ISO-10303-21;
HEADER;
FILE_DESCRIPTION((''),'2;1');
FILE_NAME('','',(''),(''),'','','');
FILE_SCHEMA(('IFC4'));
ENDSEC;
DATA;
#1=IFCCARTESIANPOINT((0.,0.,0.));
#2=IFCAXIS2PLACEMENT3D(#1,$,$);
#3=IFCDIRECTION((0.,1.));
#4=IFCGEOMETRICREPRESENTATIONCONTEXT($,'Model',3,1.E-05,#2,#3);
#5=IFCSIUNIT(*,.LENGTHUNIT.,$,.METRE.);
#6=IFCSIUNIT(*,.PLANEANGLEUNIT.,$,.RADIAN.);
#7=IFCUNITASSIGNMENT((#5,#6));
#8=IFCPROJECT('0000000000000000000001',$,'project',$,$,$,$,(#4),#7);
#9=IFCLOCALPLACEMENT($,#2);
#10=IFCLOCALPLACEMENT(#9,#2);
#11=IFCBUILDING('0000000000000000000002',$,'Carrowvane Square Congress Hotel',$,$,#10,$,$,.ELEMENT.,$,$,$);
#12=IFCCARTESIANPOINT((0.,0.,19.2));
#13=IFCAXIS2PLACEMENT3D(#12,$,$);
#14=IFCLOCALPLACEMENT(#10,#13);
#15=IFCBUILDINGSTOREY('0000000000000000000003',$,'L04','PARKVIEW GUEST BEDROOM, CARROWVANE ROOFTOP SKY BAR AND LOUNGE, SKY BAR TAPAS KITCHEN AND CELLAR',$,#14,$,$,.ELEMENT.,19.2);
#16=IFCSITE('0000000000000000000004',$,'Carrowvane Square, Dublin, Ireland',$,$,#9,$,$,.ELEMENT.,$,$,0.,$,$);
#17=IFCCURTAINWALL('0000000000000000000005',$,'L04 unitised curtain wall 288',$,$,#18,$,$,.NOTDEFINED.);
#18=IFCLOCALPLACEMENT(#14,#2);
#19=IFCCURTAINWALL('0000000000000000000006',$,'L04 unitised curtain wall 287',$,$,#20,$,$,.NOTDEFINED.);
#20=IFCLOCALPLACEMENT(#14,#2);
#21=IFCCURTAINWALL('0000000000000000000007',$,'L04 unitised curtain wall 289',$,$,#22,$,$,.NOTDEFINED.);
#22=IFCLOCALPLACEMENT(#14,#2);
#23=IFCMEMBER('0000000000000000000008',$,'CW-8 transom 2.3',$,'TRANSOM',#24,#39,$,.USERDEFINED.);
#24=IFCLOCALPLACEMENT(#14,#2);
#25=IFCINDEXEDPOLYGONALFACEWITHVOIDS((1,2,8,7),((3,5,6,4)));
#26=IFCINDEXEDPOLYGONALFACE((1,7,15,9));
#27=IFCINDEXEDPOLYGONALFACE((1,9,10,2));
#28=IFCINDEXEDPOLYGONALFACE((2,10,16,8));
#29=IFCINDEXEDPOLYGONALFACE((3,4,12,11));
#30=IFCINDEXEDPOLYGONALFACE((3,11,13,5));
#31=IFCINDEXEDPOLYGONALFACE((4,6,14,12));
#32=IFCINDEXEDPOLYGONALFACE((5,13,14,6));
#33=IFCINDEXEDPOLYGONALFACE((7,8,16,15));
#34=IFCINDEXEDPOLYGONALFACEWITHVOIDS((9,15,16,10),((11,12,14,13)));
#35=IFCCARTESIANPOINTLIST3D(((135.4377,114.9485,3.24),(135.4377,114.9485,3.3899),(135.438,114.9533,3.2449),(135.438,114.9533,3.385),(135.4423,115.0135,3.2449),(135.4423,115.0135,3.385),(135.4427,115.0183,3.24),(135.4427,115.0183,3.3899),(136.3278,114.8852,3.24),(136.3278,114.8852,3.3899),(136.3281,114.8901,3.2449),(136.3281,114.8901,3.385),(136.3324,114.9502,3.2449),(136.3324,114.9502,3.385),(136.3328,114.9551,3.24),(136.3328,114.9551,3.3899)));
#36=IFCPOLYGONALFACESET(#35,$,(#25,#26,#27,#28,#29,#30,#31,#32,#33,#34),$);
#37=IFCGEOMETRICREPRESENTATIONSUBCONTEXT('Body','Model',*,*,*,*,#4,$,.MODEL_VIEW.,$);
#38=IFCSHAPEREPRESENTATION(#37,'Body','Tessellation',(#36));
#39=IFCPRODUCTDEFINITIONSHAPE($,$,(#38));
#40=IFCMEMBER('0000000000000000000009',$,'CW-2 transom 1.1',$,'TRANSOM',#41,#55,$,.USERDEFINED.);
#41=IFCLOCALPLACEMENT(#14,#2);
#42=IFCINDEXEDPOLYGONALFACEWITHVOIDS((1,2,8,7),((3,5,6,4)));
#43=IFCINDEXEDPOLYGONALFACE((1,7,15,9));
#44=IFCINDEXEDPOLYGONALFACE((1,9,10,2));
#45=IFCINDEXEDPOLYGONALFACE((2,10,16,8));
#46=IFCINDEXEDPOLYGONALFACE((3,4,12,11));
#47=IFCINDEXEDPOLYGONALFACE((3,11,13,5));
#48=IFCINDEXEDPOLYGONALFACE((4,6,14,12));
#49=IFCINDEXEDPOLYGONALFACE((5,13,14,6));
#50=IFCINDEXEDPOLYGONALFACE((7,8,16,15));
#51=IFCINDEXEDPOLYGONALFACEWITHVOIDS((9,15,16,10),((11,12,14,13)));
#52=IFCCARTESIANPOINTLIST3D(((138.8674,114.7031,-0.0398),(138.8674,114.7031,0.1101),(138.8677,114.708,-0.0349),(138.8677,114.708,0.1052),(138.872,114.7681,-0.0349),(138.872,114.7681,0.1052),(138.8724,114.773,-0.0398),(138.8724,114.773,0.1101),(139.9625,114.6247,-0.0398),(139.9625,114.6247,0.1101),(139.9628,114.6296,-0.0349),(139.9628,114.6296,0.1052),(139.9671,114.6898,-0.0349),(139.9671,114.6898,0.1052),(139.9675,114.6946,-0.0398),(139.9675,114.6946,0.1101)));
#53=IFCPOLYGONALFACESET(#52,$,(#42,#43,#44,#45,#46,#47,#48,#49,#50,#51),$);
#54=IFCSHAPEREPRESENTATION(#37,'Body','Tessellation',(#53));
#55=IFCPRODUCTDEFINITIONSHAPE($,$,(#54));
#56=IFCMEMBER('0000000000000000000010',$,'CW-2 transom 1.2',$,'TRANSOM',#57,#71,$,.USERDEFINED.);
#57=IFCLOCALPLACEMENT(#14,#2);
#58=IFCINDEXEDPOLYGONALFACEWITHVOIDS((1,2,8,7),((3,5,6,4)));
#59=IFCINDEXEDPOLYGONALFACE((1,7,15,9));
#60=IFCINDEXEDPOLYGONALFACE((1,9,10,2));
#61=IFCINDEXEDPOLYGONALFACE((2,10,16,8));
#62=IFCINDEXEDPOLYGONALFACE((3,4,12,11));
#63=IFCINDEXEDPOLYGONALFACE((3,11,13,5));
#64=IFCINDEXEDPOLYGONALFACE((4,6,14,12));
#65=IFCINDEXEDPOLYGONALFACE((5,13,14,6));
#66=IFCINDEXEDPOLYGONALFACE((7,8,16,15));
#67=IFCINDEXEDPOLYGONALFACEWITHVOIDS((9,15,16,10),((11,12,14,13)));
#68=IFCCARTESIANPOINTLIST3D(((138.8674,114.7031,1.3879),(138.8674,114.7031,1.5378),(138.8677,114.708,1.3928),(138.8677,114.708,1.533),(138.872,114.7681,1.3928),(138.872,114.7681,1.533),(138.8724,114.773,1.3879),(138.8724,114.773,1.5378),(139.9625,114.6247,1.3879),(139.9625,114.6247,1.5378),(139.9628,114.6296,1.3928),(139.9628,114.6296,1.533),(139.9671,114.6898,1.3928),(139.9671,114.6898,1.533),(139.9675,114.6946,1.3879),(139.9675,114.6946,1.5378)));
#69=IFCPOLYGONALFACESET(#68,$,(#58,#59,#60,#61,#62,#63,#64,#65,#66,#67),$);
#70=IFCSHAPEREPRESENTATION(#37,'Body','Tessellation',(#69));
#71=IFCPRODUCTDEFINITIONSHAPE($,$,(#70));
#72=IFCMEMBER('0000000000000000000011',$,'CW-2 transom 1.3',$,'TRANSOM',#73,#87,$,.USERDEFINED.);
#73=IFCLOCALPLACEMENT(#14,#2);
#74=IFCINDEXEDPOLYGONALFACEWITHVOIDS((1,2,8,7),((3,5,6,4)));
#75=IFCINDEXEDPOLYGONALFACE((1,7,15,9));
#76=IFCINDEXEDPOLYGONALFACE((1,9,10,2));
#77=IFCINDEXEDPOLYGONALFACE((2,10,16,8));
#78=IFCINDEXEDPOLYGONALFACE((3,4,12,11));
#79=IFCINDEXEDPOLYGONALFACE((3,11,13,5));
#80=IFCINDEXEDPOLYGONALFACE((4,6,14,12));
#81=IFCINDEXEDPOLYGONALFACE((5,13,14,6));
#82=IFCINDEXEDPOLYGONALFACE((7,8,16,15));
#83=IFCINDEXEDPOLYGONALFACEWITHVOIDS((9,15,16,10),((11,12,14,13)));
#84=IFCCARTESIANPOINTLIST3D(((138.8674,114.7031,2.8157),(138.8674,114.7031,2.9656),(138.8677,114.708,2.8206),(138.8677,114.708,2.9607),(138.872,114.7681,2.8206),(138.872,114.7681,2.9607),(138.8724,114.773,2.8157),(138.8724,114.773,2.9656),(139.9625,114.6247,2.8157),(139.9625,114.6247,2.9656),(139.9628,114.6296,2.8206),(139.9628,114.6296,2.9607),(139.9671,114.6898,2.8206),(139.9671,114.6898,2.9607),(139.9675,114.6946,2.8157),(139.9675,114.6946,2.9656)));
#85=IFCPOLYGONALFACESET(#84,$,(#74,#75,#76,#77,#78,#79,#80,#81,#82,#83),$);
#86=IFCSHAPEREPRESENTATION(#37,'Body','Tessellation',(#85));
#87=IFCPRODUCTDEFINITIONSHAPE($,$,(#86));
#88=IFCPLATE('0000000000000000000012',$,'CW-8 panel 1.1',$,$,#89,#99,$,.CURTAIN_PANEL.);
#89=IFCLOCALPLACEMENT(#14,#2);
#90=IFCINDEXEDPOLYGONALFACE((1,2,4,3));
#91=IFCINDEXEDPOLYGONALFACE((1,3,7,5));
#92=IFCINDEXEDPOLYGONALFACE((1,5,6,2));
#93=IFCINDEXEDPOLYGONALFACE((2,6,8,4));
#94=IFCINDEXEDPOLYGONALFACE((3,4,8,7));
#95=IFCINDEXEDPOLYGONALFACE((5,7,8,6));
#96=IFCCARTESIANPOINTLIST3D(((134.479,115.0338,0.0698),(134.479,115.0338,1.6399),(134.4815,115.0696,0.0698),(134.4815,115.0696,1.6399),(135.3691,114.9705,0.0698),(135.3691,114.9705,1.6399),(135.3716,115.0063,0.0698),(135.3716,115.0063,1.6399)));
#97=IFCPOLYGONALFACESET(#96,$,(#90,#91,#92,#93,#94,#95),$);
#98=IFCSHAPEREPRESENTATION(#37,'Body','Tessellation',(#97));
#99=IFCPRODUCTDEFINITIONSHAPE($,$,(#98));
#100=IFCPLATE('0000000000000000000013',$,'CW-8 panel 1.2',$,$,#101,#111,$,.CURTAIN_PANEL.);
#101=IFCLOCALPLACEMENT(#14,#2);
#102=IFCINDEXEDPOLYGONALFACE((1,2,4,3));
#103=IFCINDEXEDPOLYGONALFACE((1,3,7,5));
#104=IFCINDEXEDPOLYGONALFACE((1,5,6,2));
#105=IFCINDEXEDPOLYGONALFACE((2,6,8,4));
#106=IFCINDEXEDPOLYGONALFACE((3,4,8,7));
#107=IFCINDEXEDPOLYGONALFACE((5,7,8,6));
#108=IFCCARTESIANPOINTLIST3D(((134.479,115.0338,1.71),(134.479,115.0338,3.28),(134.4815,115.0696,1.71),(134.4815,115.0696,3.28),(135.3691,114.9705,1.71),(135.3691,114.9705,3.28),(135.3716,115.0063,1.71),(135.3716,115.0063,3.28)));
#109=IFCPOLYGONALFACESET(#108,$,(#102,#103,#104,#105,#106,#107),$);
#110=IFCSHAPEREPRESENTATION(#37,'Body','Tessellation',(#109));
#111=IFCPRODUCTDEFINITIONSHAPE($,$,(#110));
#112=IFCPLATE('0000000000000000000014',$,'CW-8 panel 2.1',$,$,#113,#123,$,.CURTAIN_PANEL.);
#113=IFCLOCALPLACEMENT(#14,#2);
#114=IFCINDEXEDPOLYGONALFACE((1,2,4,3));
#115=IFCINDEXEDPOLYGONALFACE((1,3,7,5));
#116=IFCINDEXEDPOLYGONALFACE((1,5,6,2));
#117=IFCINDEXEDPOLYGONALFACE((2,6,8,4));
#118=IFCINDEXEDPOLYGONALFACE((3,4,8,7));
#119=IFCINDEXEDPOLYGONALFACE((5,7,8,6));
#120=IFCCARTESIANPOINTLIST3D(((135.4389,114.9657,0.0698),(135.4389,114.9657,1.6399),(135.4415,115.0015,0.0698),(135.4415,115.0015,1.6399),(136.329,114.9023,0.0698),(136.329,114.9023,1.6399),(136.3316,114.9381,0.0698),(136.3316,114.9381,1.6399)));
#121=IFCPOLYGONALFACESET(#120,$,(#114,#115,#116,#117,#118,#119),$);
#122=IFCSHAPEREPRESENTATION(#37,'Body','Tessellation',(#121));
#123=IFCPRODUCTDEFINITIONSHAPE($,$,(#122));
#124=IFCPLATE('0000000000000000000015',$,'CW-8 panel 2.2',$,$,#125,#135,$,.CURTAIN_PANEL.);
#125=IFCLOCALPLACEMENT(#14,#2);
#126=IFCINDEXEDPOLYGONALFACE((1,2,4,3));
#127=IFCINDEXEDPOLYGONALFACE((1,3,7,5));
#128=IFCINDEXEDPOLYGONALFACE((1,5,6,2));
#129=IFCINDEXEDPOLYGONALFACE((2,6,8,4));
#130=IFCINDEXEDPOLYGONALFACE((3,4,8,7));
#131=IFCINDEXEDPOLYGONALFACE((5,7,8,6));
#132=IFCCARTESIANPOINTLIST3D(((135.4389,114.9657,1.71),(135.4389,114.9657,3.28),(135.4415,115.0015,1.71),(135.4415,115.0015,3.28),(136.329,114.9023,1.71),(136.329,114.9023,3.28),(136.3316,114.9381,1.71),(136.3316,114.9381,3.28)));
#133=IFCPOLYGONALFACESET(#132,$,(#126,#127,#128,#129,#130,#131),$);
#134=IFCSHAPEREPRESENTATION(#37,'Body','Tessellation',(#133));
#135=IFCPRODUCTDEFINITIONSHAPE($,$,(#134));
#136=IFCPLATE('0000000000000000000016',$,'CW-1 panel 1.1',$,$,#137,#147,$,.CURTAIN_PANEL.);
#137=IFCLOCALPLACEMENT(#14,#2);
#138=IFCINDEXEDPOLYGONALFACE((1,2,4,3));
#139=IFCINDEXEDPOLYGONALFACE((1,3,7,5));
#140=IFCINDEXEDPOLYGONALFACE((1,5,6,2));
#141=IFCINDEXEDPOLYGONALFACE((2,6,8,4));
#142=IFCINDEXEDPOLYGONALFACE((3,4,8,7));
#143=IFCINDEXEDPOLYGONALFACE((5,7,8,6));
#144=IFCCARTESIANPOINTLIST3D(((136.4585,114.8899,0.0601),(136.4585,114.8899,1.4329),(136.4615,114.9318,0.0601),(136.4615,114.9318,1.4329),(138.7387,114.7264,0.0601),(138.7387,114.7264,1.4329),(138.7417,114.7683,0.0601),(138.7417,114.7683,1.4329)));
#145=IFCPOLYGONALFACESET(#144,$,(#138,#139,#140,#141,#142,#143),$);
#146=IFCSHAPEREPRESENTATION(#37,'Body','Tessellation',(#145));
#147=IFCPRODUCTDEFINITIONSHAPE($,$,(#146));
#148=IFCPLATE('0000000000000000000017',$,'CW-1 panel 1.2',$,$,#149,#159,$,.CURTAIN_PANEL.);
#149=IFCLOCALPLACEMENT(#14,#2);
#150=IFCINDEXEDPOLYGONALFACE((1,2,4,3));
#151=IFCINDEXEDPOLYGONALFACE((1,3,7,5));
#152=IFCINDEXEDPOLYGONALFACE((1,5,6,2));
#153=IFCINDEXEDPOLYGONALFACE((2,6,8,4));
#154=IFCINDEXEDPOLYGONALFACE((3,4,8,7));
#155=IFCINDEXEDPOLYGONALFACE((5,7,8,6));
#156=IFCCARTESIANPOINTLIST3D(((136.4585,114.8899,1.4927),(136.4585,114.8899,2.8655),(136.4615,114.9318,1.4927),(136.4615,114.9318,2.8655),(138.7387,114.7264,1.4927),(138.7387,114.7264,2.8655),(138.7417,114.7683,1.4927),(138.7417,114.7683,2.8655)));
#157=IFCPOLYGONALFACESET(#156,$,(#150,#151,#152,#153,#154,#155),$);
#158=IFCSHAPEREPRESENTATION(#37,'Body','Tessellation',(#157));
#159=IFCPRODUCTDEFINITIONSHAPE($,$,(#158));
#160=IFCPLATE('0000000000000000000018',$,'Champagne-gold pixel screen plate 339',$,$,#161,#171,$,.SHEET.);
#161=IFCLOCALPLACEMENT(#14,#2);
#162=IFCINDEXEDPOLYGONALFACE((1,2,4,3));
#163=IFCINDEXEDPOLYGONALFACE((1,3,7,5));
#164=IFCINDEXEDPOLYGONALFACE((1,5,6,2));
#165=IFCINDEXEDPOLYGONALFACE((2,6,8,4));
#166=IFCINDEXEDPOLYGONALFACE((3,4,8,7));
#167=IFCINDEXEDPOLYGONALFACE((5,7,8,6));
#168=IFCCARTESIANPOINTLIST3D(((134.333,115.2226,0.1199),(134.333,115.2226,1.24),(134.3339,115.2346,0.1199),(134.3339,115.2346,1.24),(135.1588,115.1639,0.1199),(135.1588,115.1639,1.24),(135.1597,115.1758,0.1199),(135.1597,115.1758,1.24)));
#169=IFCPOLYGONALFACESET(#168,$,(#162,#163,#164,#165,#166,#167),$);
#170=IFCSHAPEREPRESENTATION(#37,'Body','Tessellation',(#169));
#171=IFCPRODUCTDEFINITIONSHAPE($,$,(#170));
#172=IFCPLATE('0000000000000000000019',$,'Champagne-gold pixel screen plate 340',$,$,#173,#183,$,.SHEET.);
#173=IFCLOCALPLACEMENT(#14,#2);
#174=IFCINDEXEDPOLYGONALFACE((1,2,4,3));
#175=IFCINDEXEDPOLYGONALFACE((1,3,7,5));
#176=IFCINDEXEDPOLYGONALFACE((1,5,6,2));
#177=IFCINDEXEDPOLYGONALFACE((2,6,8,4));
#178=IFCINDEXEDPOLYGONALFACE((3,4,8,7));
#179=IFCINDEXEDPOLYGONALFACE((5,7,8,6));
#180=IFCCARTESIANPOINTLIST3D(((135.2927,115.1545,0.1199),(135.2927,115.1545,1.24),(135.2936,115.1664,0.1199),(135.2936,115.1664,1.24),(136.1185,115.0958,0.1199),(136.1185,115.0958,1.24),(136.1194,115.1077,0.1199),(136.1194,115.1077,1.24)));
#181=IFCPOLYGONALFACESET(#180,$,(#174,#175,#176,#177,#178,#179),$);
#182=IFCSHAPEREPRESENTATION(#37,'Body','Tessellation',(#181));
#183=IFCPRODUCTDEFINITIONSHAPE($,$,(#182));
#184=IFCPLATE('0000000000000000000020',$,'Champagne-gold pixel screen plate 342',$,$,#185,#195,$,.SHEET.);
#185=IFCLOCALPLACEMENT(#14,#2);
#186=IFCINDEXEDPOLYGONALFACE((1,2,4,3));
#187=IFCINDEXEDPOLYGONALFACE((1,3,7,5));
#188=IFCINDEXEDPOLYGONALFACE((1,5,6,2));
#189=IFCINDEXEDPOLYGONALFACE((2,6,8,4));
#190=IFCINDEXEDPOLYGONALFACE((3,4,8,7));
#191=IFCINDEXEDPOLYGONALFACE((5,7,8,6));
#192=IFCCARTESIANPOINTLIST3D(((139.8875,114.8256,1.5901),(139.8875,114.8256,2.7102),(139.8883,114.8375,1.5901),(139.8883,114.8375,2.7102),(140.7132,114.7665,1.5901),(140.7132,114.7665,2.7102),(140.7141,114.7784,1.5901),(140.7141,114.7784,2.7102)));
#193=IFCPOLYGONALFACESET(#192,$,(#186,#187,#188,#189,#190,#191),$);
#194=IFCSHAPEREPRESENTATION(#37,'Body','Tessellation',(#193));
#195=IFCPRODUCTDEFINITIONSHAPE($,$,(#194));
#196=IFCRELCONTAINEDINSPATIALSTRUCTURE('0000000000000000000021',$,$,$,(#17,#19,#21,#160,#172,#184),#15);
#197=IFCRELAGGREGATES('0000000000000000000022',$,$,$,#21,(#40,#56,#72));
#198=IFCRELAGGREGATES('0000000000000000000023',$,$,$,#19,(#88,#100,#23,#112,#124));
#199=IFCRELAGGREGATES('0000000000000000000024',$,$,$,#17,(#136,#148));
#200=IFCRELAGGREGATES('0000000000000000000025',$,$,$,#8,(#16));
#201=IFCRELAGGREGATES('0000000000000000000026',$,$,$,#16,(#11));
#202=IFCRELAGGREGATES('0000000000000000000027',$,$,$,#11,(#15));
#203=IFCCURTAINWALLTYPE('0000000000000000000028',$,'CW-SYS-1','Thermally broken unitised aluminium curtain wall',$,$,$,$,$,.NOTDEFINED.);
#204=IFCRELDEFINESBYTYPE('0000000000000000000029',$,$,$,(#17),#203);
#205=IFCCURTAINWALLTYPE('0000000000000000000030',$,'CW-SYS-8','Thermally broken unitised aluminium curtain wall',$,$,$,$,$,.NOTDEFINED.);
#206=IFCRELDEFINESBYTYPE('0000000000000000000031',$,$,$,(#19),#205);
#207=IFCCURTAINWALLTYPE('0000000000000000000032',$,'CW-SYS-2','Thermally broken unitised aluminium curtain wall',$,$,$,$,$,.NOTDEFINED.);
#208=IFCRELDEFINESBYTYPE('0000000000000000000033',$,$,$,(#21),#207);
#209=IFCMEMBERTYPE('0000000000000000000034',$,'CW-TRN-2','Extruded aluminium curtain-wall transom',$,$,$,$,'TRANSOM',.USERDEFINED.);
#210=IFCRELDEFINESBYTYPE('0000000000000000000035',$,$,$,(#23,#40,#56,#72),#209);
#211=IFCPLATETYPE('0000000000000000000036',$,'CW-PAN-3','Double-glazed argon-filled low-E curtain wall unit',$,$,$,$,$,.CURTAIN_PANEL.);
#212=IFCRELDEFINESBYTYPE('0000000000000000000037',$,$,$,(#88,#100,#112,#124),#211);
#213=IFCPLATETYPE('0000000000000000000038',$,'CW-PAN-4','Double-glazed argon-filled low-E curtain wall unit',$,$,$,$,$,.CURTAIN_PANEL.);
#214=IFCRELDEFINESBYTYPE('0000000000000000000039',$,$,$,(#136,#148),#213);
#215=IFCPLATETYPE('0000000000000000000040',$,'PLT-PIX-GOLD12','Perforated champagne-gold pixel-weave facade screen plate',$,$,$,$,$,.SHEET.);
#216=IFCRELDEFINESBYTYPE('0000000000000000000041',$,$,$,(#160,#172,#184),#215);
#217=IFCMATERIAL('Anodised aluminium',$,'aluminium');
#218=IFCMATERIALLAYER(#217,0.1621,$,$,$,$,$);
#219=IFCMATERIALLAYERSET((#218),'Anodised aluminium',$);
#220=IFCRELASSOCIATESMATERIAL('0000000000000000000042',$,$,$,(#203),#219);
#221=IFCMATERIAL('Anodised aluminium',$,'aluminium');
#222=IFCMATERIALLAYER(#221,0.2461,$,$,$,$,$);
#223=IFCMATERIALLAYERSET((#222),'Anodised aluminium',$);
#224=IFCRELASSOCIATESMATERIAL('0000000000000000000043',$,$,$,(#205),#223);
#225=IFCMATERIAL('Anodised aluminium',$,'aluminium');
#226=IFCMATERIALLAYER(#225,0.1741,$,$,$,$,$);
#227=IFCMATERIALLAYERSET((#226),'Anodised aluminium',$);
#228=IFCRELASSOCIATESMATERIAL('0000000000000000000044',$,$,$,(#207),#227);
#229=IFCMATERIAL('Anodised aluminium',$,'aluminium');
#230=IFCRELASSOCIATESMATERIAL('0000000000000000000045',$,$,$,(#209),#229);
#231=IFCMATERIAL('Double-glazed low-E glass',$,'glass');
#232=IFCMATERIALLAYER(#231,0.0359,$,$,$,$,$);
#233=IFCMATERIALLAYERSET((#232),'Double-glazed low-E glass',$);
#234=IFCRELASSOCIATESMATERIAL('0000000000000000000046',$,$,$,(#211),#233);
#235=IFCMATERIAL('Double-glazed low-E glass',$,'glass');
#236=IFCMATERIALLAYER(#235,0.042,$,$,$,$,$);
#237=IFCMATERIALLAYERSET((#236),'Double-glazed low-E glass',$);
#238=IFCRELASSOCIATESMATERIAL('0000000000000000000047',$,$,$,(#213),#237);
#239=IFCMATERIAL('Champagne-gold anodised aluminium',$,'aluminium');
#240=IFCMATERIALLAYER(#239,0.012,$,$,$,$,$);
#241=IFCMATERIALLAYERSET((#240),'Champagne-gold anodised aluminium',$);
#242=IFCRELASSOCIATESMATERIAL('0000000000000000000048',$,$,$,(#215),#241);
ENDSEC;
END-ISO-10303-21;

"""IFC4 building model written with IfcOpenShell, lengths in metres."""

from ifc_helpers import new_model, si_unit, direction, frame, origin, origin_2d, place, context, subcontext, project, spatial, rectangle, hollow_rectangle, extrude, material, layer, layer_set, material_profile, profile_set, type_object, element, aggregate, save


model = new_model("IFC4")

# Units and contexts
model_context = context("Model", 3, precision=1e-05, world=origin(), true_north=direction((0.0, 1.0)))
body_context = subcontext(model_context, "Body", "Model", "MODEL_VIEW")
ifc_project = project(units=[si_unit("LENGTHUNIT", "METRE"), si_unit("PLANEANGLEUNIT", "RADIAN")], contexts=[model_context])

# Site, building, storey
site_placement = place(None, origin())
site = spatial("IfcSite", under=ifc_project, at=site_placement, Name="Carrowvane Square, Dublin, Ireland", CompositionType="ELEMENT", RefElevation=0.0)
building_placement = place(site_placement, origin())
building = spatial("IfcBuilding", under=site, at=building_placement, Name="Carrowvane Square Congress Hotel", CompositionType="ELEMENT")
storey_placement = place(building_placement, frame((0.0, 0.0, 19.2)))
storey = spatial("IfcBuildingStorey", under=building, at=storey_placement, Name="L04", Description="PARKVIEW GUEST BEDROOM, CARROWVANE ROOFTOP SKY BAR AND LOUNGE, SKY BAR TAPAS KITCHEN AND CELLAR", CompositionType="ELEMENT", Elevation=19.2)

# Curtain walls
ifc_material_1 = material(Name="Anodised aluminium", Category="aluminium")
ifc_layer_1 = layer(ifc_material_1, 0.1621)
ifc_layer_set_1 = layer_set([ifc_layer_1], Name="Anodised aluminium")
curtain_wall_type_1 = type_object("IfcCurtainWallType", Name="CW-SYS-1", Description="Thermally broken unitised aluminium curtain wall", PredefinedType="NOTDEFINED", material=ifc_layer_set_1)
curtain_wall_1_placement = place(storey_placement, origin())
curtain_wall_1 = element("IfcCurtainWall", 1, at=curtain_wall_1_placement, inside=storey, type_object=curtain_wall_type_1, Name="L04 unitised curtain wall 288", PredefinedType="NOTDEFINED")
ifc_material_2 = material(Name="Anodised aluminium", Category="aluminium")
ifc_layer_2 = layer(ifc_material_2, 0.2461)
ifc_layer_set_2 = layer_set([ifc_layer_2], Name="Anodised aluminium")
curtain_wall_type_2 = type_object("IfcCurtainWallType", Name="CW-SYS-8", Description="Thermally broken unitised aluminium curtain wall", PredefinedType="NOTDEFINED", material=ifc_layer_set_2)
curtain_wall_2_placement = place(storey_placement, origin())
curtain_wall_2 = element("IfcCurtainWall", 2, at=curtain_wall_2_placement, inside=storey, type_object=curtain_wall_type_2, Name="L04 unitised curtain wall 287", PredefinedType="NOTDEFINED")

# Curtain wall
ifc_material_3 = material(Name="Anodised aluminium", Category="aluminium")
ifc_layer_3 = layer(ifc_material_3, 0.1741)
ifc_layer_set_3 = layer_set([ifc_layer_3], Name="Anodised aluminium")
curtain_wall_type_3 = type_object("IfcCurtainWallType", Name="CW-SYS-2", Description="Thermally broken unitised aluminium curtain wall", PredefinedType="NOTDEFINED", material=ifc_layer_set_3)
curtain_wall_3_placement = place(storey_placement, origin())
curtain_wall_3 = element("IfcCurtainWall", 3, at=curtain_wall_3_placement, inside=storey, type_object=curtain_wall_type_3, Name="L04 unitised curtain wall 289", PredefinedType="NOTDEFINED")

# Members
ifc_material_4 = material(Name="Anodised aluminium", Category="aluminium")
ifc_material_profile_1 = material_profile(ifc_material_4, hollow_rectangle(XDim=0.0701, YDim=0.1499, WallThickness=0.0049, at=origin_2d()), Name="CW-TR 70x150x5")
ifc_profile_set_1 = profile_set([ifc_material_profile_1], Name="Anodised aluminium")
member_type_1 = type_object("IfcMemberType", Name="CW-TRN-2", Description="Extruded aluminium curtain-wall transom", ElementType="TRANSOM", PredefinedType="USERDEFINED", material=ifc_profile_set_1)
member_1_placement = place(storey_placement, frame((135.4402, 114.9834, 3.3149), z_axis=(0.997486, -0.070858, 0.0), x_axis=(0.070858, 0.997486, 0.0)))
member_1 = element("IfcMember", 4, at=member_1_placement, type_object=member_type_1, Name="CW-8 transom 2.3", ObjectType="TRANSOM", PredefinedType="USERDEFINED", context=body_context, shape_type="SweptSolid", body=[
    extrude(hollow_rectangle(XDim=0.0701, YDim=0.1499, WallThickness=0.0049, at=origin_2d()), origin(), (0.0, 0.0, 1.0), 0.8923),
])
member_2_placement = place(storey_placement, frame((138.8699, 114.738, 0.0352), z_axis=(0.99745, -0.071373, 0.0), x_axis=(0.071373, 0.99745, 0.0)))
member_2 = element("IfcMember", 5, at=member_2_placement, type_object=member_type_1, Name="CW-2 transom 1.1", ObjectType="TRANSOM", PredefinedType="USERDEFINED", context=body_context, shape_type="SweptSolid", body=[
    extrude(hollow_rectangle(XDim=0.0701, YDim=0.1499, WallThickness=0.0049, at=origin_2d()), origin(), (0.0, 0.0, 1.0), 1.0979),
])
member_3_placement = place(storey_placement, frame((138.8699, 114.738, 1.4629), z_axis=(0.99745, -0.071373, 0.0), x_axis=(0.071373, 0.99745, 0.0)))
member_3 = element("IfcMember", 6, at=member_3_placement, type_object=member_type_1, Name="CW-2 transom 1.2", ObjectType="TRANSOM", PredefinedType="USERDEFINED", context=body_context, shape_type="SweptSolid", body=[
    extrude(hollow_rectangle(XDim=0.0701, YDim=0.1499, WallThickness=0.0049, at=origin_2d()), origin(), (0.0, 0.0, 1.0), 1.0979),
])
member_4_placement = place(storey_placement, frame((138.8699, 114.738, 2.8906), z_axis=(0.99745, -0.071373, 0.0), x_axis=(0.071373, 0.99745, 0.0)))
member_4 = element("IfcMember", 7, at=member_4_placement, type_object=member_type_1, Name="CW-2 transom 1.3", ObjectType="TRANSOM", PredefinedType="USERDEFINED", context=body_context, shape_type="SweptSolid", body=[
    extrude(hollow_rectangle(XDim=0.0701, YDim=0.1499, WallThickness=0.0049, at=origin_2d()), origin(), (0.0, 0.0, 1.0), 1.0979),
])
aggregate(curtain_wall_3, [member_2, member_3, member_4])

# Plates
ifc_material_5 = material(Name="Double-glazed low-E glass", Category="glass")
ifc_layer_4 = layer(ifc_material_5, 0.0359)
ifc_layer_set_4 = layer_set([ifc_layer_4], Name="Double-glazed low-E glass")
plate_type_1 = type_object("IfcPlateType", Name="CW-PAN-3", Description="Double-glazed argon-filled low-E curtain wall unit", PredefinedType="CURTAIN_PANEL", material=ifc_layer_set_4)
plate_1_placement = place(storey_placement, frame((134.9253, 115.02, 0.0698), z_axis=(0.0, 0.0, 1.0), x_axis=(0.997479, -0.07096, 0.0)))
plate_1 = element("IfcPlate", 8, at=plate_1_placement, type_object=plate_type_1, Name="CW-8 panel 1.1", PredefinedType="CURTAIN_PANEL", context=body_context, shape_type="SweptSolid", body=[
    extrude(rectangle(XDim=0.8923, YDim=0.0359, at=origin_2d()), origin(), (0.0, 0.0, 1.0), 1.5701),
])
plate_2_placement = place(storey_placement, frame((134.9253, 115.02, 1.71), z_axis=(0.0, 0.0, 1.0), x_axis=(0.997479, -0.07096, 0.0)))
plate_2 = element("IfcPlate", 9, at=plate_2_placement, type_object=plate_type_1, Name="CW-8 panel 1.2", PredefinedType="CURTAIN_PANEL", context=body_context, shape_type="SweptSolid", body=[
    extrude(rectangle(XDim=0.8923, YDim=0.0359, at=origin_2d()), origin(), (0.0, 0.0, 1.0), 1.5701),
])
plate_3_placement = place(storey_placement, frame((135.8853, 114.9519, 0.0698), z_axis=(0.0, 0.0, 1.0), x_axis=(0.997479, -0.07096, 0.0)))
plate_3 = element("IfcPlate", 10, at=plate_3_placement, type_object=plate_type_1, Name="CW-8 panel 2.1", PredefinedType="CURTAIN_PANEL", context=body_context, shape_type="SweptSolid", body=[
    extrude(rectangle(XDim=0.8923, YDim=0.0359, at=origin_2d()), origin(), (0.0, 0.0, 1.0), 1.5701),
])
plate_4_placement = place(storey_placement, frame((135.8853, 114.9519, 1.71), z_axis=(0.0, 0.0, 1.0), x_axis=(0.997479, -0.07096, 0.0)))
plate_4 = element("IfcPlate", 11, at=plate_4_placement, type_object=plate_type_1, Name="CW-8 panel 2.2", PredefinedType="CURTAIN_PANEL", context=body_context, shape_type="SweptSolid", body=[
    extrude(rectangle(XDim=0.8923, YDim=0.0359, at=origin_2d()), origin(), (0.0, 0.0, 1.0), 1.5701),
])
aggregate(curtain_wall_2, [plate_1, plate_2, member_1, plate_3, plate_4])
ifc_material_6 = material(Name="Double-glazed low-E glass", Category="glass")
ifc_layer_5 = layer(ifc_material_6, 0.042)
ifc_layer_set_5 = layer_set([ifc_layer_5], Name="Double-glazed low-E glass")
plate_type_2 = type_object("IfcPlateType", Name="CW-PAN-4", Description="Double-glazed argon-filled low-E curtain wall unit", PredefinedType="CURTAIN_PANEL", material=ifc_layer_set_5)
plate_5_placement = place(storey_placement, frame((137.6001, 114.8291, 0.0601), z_axis=(0.0, 0.0, 1.0), x_axis=(0.997438, -0.071532, 0.0)))
plate_5 = element("IfcPlate", 12, at=plate_5_placement, type_object=plate_type_2, Name="CW-1 panel 1.1", PredefinedType="CURTAIN_PANEL", context=body_context, shape_type="SweptSolid", body=[
    extrude(rectangle(XDim=2.2861, YDim=0.042, at=origin_2d()), origin(), (0.0, 0.0, 1.0), 1.3728),
])
plate_6_placement = place(storey_placement, frame((137.6001, 114.8291, 1.4927), z_axis=(0.0, 0.0, 1.0), x_axis=(0.997438, -0.071532, 0.0)))
plate_6 = element("IfcPlate", 13, at=plate_6_placement, type_object=plate_type_2, Name="CW-1 panel 1.2", PredefinedType="CURTAIN_PANEL", context=body_context, shape_type="SweptSolid", body=[
    extrude(rectangle(XDim=2.2861, YDim=0.042, at=origin_2d()), origin(), (0.0, 0.0, 1.0), 1.3728),
])
aggregate(curtain_wall_1, [plate_5, plate_6])

# Plates
ifc_material_7 = material(Name="Champagne-gold anodised aluminium", Category="aluminium")
ifc_layer_6 = layer(ifc_material_7, 0.012)
ifc_layer_set_6 = layer_set([ifc_layer_6], Name="Champagne-gold anodised aluminium")
plate_type_3 = type_object("IfcPlateType", Name="PLT-PIX-GOLD12", Description="Perforated champagne-gold pixel-weave facade screen plate", PredefinedType="SHEET", material=ifc_layer_set_6)
for number, where, z_axis, x_axis, name in (
    (14, (134.7463, 115.1992, 0.1199), (0.0, 0.0, 1.0), (0.997479, -0.070957, 0.0), "Champagne-gold pixel screen plate 339"),
    (15, (135.7061, 115.1311, 0.1199), (0.0, 0.0, 1.0), (0.997479, -0.070957, 0.0), "Champagne-gold pixel screen plate 340"),
    (16, (140.3008, 114.802, 1.5901), (0.0, 0.0, 1.0), (0.997446, -0.07142, 0.0), "Champagne-gold pixel screen plate 342"),
):
    element("IfcPlate", number, at=place(storey_placement, frame(where, z_axis=z_axis, x_axis=x_axis)), inside=storey, type_object=plate_type_3, Name=name, PredefinedType="SHEET", context=body_context, shape_type="SweptSolid", body=[
        extrude(rectangle(XDim=0.8279, YDim=0.012, at=origin_2d()), origin(), (0.0, 0.0, 1.0), 1.1201),
    ])

save(model, "model.ifc")
